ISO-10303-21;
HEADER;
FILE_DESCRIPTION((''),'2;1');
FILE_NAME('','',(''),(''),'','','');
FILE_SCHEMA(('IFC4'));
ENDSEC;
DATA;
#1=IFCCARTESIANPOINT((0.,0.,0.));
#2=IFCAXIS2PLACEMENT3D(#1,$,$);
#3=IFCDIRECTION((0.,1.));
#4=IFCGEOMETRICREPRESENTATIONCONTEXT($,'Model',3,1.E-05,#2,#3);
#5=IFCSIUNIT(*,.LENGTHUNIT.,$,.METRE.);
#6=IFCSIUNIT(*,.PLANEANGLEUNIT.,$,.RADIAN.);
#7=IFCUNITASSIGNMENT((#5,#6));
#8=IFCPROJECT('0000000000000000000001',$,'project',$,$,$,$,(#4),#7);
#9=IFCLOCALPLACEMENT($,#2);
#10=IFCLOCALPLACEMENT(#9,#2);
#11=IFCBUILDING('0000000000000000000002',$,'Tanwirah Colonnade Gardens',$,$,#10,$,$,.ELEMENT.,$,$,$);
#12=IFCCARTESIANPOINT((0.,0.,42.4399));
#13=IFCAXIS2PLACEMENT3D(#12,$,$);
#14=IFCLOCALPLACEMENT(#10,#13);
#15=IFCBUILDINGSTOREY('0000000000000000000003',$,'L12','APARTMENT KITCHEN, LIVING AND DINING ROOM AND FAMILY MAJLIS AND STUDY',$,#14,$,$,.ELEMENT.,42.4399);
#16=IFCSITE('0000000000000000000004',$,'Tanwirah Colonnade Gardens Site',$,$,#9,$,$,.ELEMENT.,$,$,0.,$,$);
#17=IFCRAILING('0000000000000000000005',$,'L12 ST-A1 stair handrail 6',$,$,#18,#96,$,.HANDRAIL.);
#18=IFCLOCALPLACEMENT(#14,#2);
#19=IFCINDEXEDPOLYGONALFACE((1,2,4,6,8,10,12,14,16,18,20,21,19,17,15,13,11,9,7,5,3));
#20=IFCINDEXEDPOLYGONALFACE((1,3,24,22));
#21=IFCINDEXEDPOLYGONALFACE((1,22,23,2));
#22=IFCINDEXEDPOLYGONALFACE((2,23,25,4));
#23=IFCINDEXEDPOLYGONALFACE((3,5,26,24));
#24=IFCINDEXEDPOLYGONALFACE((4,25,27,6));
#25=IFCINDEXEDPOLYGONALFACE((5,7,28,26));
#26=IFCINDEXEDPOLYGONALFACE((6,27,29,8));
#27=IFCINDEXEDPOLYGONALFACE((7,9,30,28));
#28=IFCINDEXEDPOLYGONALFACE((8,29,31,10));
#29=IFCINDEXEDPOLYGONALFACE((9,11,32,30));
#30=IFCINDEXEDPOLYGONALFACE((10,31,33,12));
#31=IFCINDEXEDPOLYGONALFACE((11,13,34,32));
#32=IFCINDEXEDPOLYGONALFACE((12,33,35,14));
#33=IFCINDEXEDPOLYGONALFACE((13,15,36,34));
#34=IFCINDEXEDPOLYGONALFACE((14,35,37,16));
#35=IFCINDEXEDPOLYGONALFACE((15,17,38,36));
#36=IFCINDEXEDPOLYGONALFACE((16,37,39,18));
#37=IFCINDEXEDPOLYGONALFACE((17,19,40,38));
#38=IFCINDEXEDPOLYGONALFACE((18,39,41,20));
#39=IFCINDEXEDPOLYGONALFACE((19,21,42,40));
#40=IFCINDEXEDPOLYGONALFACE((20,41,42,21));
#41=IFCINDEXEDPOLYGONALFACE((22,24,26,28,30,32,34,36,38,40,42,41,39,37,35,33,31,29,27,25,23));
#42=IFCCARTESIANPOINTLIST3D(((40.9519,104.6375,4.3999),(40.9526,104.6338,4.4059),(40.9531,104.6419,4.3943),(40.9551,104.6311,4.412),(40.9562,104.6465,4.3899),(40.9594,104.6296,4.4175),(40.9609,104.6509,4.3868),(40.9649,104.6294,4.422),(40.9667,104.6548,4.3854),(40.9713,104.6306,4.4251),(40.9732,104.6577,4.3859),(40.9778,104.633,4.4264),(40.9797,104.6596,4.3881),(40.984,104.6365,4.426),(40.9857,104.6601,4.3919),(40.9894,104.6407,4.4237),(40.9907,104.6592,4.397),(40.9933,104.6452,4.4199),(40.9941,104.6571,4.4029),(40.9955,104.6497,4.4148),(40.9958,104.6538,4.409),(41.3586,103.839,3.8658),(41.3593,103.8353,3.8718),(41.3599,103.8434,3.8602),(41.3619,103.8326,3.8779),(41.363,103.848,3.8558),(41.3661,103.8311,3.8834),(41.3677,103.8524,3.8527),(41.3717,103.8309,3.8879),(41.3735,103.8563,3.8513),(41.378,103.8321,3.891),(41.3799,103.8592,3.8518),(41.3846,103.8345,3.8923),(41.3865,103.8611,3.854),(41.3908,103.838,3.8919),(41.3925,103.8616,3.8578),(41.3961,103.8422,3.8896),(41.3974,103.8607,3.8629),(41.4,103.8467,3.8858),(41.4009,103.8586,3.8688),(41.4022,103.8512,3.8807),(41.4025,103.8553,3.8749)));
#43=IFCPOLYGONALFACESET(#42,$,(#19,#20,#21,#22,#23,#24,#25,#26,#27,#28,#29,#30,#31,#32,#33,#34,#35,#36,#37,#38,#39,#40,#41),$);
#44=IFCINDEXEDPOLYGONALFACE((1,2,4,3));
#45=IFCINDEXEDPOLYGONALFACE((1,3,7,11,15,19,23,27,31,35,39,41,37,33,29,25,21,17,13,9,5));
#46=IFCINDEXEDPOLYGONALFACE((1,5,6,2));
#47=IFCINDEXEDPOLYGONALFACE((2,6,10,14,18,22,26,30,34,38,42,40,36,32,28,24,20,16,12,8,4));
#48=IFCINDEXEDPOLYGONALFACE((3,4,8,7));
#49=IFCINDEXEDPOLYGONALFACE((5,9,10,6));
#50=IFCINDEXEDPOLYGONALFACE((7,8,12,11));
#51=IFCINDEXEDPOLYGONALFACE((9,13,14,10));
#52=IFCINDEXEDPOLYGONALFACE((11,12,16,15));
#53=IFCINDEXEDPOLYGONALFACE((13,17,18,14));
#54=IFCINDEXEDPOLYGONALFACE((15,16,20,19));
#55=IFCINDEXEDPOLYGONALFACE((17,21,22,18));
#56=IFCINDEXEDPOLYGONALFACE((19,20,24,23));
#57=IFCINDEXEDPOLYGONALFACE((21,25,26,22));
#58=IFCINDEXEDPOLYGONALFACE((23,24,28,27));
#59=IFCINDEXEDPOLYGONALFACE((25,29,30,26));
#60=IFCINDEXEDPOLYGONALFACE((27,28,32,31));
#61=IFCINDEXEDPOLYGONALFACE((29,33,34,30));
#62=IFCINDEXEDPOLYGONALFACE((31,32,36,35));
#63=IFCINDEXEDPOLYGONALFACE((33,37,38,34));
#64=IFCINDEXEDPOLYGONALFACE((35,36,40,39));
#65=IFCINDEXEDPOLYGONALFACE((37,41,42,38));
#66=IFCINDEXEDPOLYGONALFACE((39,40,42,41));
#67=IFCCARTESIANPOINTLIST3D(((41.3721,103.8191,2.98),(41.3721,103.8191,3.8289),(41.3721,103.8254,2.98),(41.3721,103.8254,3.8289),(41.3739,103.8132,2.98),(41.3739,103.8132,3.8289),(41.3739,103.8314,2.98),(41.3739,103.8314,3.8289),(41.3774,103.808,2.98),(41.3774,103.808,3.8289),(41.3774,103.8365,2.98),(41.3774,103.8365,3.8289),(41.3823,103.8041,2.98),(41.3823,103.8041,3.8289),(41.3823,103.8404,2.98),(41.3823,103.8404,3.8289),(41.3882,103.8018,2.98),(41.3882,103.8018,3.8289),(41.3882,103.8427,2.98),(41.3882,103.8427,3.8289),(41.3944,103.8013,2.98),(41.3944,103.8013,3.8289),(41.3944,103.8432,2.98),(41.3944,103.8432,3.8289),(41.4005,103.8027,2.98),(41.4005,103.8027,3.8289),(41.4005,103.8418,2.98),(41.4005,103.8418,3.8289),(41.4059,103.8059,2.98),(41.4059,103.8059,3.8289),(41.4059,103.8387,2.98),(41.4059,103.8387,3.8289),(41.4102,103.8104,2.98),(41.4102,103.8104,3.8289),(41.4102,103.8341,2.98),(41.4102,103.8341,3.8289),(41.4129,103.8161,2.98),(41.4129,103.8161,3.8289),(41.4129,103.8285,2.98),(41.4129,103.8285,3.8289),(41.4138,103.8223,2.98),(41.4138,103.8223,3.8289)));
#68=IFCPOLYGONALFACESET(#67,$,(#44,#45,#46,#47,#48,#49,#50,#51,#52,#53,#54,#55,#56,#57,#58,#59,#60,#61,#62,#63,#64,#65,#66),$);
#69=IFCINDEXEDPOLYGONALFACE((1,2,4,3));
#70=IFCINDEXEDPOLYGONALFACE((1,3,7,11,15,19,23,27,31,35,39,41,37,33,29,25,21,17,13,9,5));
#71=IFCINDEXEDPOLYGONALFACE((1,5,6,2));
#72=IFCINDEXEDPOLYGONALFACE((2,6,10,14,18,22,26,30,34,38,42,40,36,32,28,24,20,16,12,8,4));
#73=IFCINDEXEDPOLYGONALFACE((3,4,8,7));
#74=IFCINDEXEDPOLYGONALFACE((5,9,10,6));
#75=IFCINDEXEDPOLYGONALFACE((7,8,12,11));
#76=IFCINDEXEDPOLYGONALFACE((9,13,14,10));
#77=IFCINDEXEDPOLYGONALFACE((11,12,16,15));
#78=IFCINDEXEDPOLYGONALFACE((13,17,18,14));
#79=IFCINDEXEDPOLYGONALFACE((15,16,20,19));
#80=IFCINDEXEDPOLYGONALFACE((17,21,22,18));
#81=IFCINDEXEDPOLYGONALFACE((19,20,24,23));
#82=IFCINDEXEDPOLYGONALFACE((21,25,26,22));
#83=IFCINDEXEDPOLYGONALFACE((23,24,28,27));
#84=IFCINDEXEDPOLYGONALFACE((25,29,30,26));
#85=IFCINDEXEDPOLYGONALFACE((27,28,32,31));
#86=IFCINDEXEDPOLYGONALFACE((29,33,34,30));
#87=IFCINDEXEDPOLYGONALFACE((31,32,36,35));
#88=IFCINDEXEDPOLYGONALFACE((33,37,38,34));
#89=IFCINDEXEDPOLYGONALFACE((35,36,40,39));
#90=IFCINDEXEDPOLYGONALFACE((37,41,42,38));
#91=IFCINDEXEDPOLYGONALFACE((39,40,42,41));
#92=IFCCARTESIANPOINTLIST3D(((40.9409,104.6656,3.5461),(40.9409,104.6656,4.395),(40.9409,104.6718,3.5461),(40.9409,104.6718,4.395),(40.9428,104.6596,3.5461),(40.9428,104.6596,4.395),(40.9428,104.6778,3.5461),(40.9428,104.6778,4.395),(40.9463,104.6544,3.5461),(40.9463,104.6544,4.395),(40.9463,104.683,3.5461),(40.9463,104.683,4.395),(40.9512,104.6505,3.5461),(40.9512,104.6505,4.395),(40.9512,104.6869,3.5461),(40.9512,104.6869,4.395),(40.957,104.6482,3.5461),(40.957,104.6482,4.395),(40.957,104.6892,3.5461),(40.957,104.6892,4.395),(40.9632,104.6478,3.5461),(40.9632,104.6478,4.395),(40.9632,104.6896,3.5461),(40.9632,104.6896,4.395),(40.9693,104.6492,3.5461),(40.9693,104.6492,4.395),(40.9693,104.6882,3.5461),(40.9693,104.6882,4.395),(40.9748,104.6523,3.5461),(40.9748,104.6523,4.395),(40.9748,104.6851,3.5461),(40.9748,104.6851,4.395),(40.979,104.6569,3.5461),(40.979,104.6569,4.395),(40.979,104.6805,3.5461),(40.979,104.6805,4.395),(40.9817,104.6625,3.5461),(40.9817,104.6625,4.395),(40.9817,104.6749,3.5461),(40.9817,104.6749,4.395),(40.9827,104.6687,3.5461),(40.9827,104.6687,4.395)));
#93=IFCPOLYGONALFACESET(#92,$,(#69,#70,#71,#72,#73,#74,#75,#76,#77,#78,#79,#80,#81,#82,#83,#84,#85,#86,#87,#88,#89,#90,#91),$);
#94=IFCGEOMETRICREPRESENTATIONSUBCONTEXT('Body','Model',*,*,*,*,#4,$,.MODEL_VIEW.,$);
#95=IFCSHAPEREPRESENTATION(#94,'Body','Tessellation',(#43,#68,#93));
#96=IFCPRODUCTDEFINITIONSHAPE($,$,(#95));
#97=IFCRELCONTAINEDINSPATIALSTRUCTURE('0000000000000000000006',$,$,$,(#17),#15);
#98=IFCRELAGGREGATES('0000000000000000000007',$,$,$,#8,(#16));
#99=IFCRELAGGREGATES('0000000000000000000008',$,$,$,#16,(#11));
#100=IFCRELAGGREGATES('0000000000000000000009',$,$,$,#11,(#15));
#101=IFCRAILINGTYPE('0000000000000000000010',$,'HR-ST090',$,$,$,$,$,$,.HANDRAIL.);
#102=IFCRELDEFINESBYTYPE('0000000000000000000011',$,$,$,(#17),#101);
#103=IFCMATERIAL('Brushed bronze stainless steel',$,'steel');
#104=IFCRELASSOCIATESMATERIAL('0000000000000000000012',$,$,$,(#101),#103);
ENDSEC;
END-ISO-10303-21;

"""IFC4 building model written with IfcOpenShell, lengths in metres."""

from ifc_helpers import new_model, si_unit, direction, frame, origin, origin_2d, place, context, subcontext, project, spatial, circle, extrude, material, type_object, element, save


model = new_model("IFC4")

# Units and contexts
model_context = context("Model", 3, precision=1e-05, world=origin(), true_north=direction((0.0, 1.0)))
body_context = subcontext(model_context, "Body", "Model", "MODEL_VIEW")
ifc_project = project(units=[si_unit("LENGTHUNIT", "METRE"), si_unit("PLANEANGLEUNIT", "RADIAN")], contexts=[model_context])

# Site, building, storey
site_placement = place(None, origin())
site = spatial("IfcSite", under=ifc_project, at=site_placement, Name="Tanwirah Colonnade Gardens Site", CompositionType="ELEMENT", RefElevation=0.0)
building_placement = place(site_placement, origin())
building = spatial("IfcBuilding", under=site, at=building_placement, Name="Tanwirah Colonnade Gardens", CompositionType="ELEMENT")
storey_placement = place(building_placement, frame((0.0, 0.0, 42.4399)))
storey = spatial("IfcBuildingStorey", under=building, at=storey_placement, Name="L12", Description="APARTMENT KITCHEN, LIVING AND DINING ROOM AND FAMILY MAJLIS AND STUDY", CompositionType="ELEMENT", Elevation=42.4399)

# Railing
ifc_material_1 = material(Name="Brushed bronze stainless steel", Category="steel")
railing_type_1 = type_object("IfcRailingType", Name="HR-ST090", PredefinedType="HANDRAIL", material=ifc_material_1)
railing_1_placement = place(storey_placement, frame((41.3928, 103.8223, 2.98)))
element("IfcRailing", 1, at=railing_1_placement, inside=storey, type_object=railing_type_1, Name="L12 ST-A1 stair handrail 6", PredefinedType="HANDRAIL", context=body_context, shape_type="SweptSolid", body=[
    extrude(circle(Radius=0.0239, at=origin_2d()), frame((-0.0122, 0.0239, 0.8918), z_axis=(-0.389886, 0.765422, 0.511974), x_axis=(-0.891061, -0.453883, 0.0)), (0.0, 0.0, 1.0), 1.0432),
    extrude(circle(Radius=0.021, at=origin_2d()), origin(), (0.0, 0.0, 1.0), 0.8489),
    extrude(circle(Radius=0.021, at=origin_2d()), frame((-0.4312, 0.8464, 0.5662)), (0.0, 0.0, 1.0), 0.8489),
])

save(model, "model.ifc")
